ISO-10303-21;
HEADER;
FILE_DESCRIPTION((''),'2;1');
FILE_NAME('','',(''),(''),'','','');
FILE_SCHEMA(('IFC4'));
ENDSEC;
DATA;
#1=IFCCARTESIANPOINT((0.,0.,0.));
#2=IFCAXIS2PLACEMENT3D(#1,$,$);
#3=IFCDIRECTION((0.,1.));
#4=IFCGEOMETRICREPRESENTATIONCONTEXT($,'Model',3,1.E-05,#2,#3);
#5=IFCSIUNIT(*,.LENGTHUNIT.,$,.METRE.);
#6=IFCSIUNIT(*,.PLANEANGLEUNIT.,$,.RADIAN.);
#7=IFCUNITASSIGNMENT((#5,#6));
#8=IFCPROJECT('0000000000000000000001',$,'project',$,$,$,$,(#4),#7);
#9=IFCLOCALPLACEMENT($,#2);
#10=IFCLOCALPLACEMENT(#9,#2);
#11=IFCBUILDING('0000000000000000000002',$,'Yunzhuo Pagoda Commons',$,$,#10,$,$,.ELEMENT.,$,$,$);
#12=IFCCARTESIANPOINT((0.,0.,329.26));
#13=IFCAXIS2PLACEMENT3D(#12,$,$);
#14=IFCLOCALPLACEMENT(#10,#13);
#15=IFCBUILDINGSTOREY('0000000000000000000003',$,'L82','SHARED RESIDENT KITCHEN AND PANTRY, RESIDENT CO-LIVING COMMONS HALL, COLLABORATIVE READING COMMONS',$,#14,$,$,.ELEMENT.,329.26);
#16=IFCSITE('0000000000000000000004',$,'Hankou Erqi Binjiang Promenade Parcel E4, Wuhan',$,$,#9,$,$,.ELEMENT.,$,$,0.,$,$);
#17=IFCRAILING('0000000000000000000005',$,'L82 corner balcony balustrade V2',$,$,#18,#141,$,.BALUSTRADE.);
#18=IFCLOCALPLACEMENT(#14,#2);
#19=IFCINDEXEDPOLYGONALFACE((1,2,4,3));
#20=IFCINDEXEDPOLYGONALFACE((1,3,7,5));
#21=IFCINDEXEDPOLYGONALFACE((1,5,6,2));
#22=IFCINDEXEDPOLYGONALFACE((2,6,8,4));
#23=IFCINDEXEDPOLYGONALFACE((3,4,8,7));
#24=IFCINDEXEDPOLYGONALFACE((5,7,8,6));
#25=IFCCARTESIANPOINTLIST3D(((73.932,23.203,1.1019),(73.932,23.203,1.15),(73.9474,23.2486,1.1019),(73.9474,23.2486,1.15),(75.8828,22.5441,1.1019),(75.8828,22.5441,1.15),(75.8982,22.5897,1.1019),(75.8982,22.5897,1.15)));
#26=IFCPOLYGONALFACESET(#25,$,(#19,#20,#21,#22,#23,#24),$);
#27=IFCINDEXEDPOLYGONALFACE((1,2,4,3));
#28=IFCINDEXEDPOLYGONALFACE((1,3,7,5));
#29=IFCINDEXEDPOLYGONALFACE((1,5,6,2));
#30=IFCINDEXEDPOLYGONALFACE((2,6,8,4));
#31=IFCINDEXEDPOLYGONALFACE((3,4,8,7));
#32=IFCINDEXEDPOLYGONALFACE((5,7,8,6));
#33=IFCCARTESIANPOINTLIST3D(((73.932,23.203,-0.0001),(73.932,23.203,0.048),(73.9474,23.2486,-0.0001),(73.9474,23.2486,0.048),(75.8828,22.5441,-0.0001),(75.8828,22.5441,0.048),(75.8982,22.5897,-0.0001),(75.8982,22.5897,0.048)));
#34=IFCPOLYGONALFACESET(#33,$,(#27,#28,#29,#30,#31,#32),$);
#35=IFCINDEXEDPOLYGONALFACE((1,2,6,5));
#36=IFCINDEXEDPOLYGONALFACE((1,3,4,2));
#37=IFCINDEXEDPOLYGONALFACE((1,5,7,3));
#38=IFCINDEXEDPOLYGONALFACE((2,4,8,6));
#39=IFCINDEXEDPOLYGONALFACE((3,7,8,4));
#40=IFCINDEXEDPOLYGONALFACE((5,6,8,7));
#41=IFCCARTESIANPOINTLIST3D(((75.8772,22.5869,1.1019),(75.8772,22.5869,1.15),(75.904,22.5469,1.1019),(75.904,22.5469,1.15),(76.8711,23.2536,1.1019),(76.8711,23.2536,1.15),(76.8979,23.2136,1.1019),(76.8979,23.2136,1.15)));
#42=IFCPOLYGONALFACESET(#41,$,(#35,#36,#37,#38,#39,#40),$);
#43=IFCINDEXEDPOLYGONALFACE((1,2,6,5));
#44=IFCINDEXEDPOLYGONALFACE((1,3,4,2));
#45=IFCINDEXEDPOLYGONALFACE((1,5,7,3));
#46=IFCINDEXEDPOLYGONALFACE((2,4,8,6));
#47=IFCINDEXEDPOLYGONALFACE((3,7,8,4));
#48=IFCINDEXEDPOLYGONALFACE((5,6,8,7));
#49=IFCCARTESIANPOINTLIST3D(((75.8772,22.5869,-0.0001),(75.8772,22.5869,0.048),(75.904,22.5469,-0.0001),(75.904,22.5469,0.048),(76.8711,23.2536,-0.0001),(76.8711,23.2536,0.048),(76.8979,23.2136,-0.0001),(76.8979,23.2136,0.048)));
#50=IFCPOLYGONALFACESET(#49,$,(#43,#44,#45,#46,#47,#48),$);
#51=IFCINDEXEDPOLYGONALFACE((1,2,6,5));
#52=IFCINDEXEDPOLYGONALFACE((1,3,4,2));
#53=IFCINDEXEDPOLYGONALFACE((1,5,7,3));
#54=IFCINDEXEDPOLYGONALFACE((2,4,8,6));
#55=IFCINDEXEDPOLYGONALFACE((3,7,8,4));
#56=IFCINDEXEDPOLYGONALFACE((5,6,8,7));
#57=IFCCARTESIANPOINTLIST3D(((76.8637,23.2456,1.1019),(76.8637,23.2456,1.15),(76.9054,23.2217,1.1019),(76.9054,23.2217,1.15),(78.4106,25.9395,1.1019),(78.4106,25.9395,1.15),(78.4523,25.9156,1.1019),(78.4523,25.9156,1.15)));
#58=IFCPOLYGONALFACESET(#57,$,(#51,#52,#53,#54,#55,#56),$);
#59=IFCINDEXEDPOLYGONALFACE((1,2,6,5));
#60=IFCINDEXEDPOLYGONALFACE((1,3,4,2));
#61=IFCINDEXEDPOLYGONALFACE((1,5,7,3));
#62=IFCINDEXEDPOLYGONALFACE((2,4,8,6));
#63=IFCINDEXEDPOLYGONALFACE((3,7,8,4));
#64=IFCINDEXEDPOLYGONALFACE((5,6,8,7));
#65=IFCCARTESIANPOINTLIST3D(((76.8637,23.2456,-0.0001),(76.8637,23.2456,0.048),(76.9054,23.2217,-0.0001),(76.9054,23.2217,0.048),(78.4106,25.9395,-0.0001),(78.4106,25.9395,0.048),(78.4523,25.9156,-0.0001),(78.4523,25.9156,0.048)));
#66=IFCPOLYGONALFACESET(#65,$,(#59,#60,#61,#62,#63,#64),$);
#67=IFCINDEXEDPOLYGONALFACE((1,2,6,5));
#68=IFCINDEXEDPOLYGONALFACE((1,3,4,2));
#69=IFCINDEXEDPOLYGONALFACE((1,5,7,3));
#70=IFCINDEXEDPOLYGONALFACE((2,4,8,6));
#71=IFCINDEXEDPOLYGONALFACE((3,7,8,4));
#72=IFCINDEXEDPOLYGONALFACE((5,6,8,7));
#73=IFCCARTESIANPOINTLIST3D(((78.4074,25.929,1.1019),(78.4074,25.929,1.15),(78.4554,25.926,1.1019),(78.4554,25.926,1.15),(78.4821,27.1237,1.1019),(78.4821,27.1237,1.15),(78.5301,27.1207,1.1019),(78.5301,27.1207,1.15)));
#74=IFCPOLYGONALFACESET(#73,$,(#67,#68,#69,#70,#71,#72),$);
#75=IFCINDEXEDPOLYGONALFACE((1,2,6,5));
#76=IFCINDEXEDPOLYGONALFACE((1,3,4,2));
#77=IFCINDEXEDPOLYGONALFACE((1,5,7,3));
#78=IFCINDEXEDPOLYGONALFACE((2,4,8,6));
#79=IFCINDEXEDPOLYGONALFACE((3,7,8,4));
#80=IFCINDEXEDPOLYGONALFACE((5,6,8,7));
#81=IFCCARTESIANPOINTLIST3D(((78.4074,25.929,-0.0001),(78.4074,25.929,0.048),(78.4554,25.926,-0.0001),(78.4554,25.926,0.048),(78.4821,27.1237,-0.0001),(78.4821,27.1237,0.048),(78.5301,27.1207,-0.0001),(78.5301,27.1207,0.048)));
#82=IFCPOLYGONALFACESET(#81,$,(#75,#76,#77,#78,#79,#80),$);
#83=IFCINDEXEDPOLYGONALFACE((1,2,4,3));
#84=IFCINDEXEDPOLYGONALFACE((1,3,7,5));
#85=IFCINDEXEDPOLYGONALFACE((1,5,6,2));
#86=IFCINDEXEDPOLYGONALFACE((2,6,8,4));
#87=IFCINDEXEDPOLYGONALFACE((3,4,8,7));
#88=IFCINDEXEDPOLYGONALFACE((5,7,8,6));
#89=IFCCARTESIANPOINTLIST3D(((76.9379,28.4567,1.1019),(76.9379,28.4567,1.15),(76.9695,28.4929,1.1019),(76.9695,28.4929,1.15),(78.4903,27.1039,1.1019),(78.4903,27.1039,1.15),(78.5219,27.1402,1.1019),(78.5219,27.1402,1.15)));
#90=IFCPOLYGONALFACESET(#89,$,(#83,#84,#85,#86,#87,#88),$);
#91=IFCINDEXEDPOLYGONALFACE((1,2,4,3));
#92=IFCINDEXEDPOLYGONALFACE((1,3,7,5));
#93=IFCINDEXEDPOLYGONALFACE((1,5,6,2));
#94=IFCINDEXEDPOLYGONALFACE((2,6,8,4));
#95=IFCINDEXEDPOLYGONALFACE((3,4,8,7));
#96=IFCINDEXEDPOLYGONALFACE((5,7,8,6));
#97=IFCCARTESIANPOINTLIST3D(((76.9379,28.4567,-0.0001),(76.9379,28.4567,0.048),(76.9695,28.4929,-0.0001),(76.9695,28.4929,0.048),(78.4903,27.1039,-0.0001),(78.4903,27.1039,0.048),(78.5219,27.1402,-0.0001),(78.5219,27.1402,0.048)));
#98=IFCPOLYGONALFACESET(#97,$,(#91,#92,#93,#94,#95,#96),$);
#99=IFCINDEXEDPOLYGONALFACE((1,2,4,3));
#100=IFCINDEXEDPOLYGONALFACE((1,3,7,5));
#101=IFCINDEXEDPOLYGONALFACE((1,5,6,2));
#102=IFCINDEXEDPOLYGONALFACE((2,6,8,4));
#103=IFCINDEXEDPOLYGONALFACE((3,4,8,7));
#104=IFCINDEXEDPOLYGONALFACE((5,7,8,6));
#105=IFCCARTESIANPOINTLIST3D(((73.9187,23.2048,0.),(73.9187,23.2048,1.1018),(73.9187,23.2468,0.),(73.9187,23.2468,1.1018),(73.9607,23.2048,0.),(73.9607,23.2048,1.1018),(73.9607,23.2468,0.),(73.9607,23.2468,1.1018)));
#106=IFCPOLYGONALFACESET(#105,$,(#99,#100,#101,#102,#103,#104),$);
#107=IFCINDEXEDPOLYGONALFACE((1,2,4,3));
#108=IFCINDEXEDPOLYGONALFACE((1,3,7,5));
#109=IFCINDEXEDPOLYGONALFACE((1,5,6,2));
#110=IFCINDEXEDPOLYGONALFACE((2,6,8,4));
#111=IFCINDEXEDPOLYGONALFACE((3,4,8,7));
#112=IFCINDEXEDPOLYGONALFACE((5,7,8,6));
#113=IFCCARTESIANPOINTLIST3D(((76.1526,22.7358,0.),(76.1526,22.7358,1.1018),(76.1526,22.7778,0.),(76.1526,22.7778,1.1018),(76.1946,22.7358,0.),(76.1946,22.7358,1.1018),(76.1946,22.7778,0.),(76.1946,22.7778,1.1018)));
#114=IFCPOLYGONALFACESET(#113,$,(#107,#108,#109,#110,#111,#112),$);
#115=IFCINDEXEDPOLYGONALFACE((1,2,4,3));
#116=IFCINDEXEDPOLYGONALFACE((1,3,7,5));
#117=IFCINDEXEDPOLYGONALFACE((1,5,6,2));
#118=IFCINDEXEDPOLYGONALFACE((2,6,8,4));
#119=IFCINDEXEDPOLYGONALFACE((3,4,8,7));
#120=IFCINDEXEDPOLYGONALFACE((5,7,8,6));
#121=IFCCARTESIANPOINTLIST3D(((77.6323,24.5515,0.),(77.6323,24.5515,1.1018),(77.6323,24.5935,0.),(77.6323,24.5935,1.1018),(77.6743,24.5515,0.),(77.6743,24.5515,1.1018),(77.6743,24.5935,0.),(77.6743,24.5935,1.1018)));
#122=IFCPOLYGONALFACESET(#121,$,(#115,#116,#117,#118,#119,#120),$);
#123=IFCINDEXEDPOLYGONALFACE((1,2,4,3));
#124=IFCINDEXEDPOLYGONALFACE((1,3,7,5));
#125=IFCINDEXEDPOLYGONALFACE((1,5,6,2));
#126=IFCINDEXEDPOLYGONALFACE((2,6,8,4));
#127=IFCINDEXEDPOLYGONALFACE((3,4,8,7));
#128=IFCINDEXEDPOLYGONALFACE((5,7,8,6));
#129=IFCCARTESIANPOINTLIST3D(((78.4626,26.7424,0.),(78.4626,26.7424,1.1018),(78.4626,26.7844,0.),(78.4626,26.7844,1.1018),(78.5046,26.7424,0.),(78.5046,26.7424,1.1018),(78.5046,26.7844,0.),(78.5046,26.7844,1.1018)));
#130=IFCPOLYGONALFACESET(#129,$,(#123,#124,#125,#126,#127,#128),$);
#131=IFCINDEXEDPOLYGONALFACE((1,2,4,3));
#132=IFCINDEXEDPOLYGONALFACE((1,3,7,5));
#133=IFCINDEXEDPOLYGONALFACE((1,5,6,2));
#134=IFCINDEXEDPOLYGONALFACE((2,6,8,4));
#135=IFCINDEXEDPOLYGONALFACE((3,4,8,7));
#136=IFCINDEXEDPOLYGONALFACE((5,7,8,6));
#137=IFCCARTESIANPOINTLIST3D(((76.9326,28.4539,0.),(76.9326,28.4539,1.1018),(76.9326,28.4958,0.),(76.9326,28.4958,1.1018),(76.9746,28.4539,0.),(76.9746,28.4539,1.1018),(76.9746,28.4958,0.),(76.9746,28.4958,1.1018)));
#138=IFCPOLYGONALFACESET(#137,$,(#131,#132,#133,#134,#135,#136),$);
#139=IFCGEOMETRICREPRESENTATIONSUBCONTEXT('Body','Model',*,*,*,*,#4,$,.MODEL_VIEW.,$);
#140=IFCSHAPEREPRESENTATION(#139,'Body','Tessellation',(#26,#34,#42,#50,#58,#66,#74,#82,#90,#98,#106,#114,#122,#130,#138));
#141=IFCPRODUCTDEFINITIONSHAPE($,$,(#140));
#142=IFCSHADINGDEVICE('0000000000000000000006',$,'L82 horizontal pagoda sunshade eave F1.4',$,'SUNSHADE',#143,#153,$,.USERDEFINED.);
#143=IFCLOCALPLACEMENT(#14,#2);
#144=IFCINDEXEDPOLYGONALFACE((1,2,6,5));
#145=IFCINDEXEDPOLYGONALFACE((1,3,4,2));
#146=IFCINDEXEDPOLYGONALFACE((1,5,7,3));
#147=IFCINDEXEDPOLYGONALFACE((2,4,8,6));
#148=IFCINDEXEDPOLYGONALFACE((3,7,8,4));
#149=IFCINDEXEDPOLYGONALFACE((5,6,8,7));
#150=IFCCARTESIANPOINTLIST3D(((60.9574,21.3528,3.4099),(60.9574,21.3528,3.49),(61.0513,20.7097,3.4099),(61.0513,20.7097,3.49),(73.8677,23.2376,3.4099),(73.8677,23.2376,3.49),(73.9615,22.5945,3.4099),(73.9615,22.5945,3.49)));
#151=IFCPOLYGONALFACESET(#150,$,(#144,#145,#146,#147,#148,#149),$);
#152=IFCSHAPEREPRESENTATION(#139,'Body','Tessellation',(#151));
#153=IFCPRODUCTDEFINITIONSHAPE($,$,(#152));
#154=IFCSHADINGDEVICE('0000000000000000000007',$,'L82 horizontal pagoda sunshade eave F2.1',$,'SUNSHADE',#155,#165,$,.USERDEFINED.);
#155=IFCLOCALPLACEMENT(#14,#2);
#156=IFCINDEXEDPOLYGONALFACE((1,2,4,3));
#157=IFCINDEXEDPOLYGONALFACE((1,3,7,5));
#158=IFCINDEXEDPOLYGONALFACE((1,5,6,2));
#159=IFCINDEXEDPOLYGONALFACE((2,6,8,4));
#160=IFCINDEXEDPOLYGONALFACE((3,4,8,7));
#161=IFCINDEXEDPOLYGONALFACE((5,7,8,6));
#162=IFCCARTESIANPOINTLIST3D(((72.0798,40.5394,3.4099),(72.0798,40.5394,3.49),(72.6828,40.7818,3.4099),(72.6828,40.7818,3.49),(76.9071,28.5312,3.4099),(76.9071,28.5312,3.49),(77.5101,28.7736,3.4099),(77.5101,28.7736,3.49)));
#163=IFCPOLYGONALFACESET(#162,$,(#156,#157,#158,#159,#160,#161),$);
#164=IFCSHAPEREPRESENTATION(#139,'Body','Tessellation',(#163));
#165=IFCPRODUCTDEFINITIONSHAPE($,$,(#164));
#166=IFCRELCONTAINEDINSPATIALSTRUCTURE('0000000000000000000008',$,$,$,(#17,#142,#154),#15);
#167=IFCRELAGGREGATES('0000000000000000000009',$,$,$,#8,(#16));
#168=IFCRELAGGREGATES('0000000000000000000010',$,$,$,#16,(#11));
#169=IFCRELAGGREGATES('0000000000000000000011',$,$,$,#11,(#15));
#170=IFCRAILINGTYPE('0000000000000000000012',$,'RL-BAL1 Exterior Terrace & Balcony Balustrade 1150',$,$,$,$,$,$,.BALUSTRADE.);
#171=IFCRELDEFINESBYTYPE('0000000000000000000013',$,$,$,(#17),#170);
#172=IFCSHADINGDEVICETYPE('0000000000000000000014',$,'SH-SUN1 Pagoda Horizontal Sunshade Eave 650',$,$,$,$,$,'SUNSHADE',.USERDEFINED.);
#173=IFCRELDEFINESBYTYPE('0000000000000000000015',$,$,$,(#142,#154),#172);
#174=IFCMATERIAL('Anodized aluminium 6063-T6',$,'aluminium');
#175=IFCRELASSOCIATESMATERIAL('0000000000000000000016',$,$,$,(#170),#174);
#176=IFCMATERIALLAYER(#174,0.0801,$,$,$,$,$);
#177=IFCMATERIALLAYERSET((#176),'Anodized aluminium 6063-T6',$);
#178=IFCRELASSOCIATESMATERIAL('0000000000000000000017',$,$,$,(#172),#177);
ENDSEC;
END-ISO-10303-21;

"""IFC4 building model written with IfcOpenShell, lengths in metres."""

from ifc_helpers import new_model, si_unit, direction, frame, origin, origin_2d, place, context, subcontext, project, spatial, rectangle, extrude, source, transform, mapped, material, layer, layer_set, type_object, element, save


model = new_model("IFC4")

# Units and contexts
model_context = context("Model", 3, precision=1e-05, world=origin(), true_north=direction((0.0, 1.0)))
body_context = subcontext(model_context, "Body", "Model", "MODEL_VIEW")
ifc_project = project(units=[si_unit("LENGTHUNIT", "METRE"), si_unit("PLANEANGLEUNIT", "RADIAN")], contexts=[model_context])

# Site, building, storey
site_placement = place(None, origin())
site = spatial("IfcSite", under=ifc_project, at=site_placement, Name="Hankou Erqi Binjiang Promenade Parcel E4, Wuhan", CompositionType="ELEMENT", RefElevation=0.0)
building_placement = place(site_placement, origin())
building = spatial("IfcBuilding", under=site, at=building_placement, Name="Yunzhuo Pagoda Commons", CompositionType="ELEMENT")
storey_placement = place(building_placement, frame((0.0, 0.0, 329.26)))
storey = spatial("IfcBuildingStorey", under=building, at=storey_placement, Name="L82", Description="SHARED RESIDENT KITCHEN AND PANTRY, RESIDENT CO-LIVING COMMONS HALL, COLLABORATIVE READING COMMONS", CompositionType="ELEMENT", Elevation=329.26)

# Shared definitions
ifc_material_1 = material(Name="Anodized aluminium 6063-T6", Category="aluminium")

# Railing
railing_type = type_object("IfcRailingType", Name="RL-BAL1 Exterior Terrace & Balcony Balustrade 1150", PredefinedType="BALUSTRADE", material=ifc_material_1)
railing_placement = place(storey_placement, frame((73.9397, 23.2258, 0.0)))
element("IfcRailing", 1, at=railing_placement, inside=storey, type_object=railing_type, Name="L82 corner balcony balustrade V2", PredefinedType="BALUSTRADE", context=body_context, shape_type="SweptSolid", body=[
    extrude(rectangle(XDim=0.0481, YDim=0.0481, at=origin_2d()), frame((0.0, 0.0, 1.126), z_axis=(0.947419, -0.319996, 0.0), x_axis=(0.319996, 0.947419, 0.0)), (0.0, 0.0, 1.0), 2.0591),
    extrude(rectangle(XDim=0.0481, YDim=0.0481, at=origin_2d()), frame((0.0, 0.0, 0.0239), z_axis=(0.947419, -0.319996, 0.0), x_axis=(0.319996, 0.947419, 0.0)), (0.0, 0.0, 1.0), 2.0591),
    extrude(rectangle(XDim=0.0481, YDim=0.0481, at=origin_2d()), frame((1.9509, -0.6589, 1.126), z_axis=(0.830446, 0.557099, 0.0), x_axis=(-0.557099, 0.830446, 0.0)), (0.0, 0.0, 1.0), 1.1968),
    extrude(rectangle(XDim=0.0481, YDim=0.0481, at=origin_2d()), frame((1.9509, -0.6589, 0.0239), z_axis=(0.830446, 0.557099, 0.0), x_axis=(-0.557099, 0.830446, 0.0)), (0.0, 0.0, 1.0), 1.1968),
    extrude(rectangle(XDim=0.0481, YDim=0.0481, at=origin_2d()), frame((2.9448, 0.0078, 1.126), z_axis=(0.497966, 0.867197, 0.0), x_axis=(-0.867197, 0.497966, 0.0)), (0.0, 0.0, 1.0), 3.1064),
    extrude(rectangle(XDim=0.0481, YDim=0.0481, at=origin_2d()), frame((2.9448, 0.0078, 0.0239), z_axis=(0.497966, 0.867197, 0.0), x_axis=(-0.867197, 0.497966, 0.0)), (0.0, 0.0, 1.0), 3.1064),
    extrude(rectangle(XDim=0.0481, YDim=0.0481, at=origin_2d()), frame((4.4917, 2.7017, 1.126), z_axis=(0.062416, 0.99805, 0.0), x_axis=(-0.99805, 0.062416, 0.0)), (0.0, 0.0, 1.0), 1.197),
    extrude(rectangle(XDim=0.0481, YDim=0.0481, at=origin_2d()), frame((4.4917, 2.7017, 0.0239), z_axis=(0.062416, 0.99805, 0.0), x_axis=(-0.99805, 0.062416, 0.0)), (0.0, 0.0, 1.0), 1.197),
    extrude(rectangle(XDim=0.0481, YDim=0.0481, at=origin_2d()), frame((4.5664, 3.8962, 1.126), z_axis=(-0.753934, 0.65695, 0.0), x_axis=(-0.65695, -0.753934, 0.0)), (0.0, 0.0, 1.0), 2.0591),
    extrude(rectangle(XDim=0.0481, YDim=0.0481, at=origin_2d()), frame((4.5664, 3.8962, 0.0239), z_axis=(-0.753934, 0.65695, 0.0), x_axis=(-0.65695, -0.753934, 0.0)), (0.0, 0.0, 1.0), 2.0591),
    extrude(rectangle(XDim=0.042, YDim=0.042, at=origin_2d()), origin(), (0.0, 0.0, 1.0), 1.1018),
    extrude(rectangle(XDim=0.042, YDim=0.042, at=origin_2d()), frame((2.2339, -0.469, 0.0)), (0.0, 0.0, 1.0), 1.1018),
    extrude(rectangle(XDim=0.042, YDim=0.042, at=origin_2d()), frame((3.7136, 1.3467, 0.0)), (0.0, 0.0, 1.0), 1.1018),
    extrude(rectangle(XDim=0.042, YDim=0.042, at=origin_2d()), frame((4.5439, 3.5376, 0.0)), (0.0, 0.0, 1.0), 1.1018),
    extrude(rectangle(XDim=0.042, YDim=0.042, at=origin_2d()), frame((3.0139, 5.249, 0.0)), (0.0, 0.0, 1.0), 1.1018),
])

# Shading devices
ifc_layer_1 = layer(ifc_material_1, 0.0801)
ifc_layer_set_1 = layer_set([ifc_layer_1], Name="Anodized aluminium 6063-T6")
shading_device_type = type_object("IfcShadingDeviceType", Name="SH-SUN1 Pagoda Horizontal Sunshade Eave 650", ElementType="SUNSHADE", PredefinedType="USERDEFINED", material=ifc_layer_set_1)
shared_shape_1 = source(origin(), body_context, "Body", "SweptSolid", [
    extrude(rectangle(XDim=13.0471, YDim=0.6499, at=origin_2d()), origin(), (0.0, 0.0, 1.0), 0.0801),
])
shading_device_1_placement = place(storey_placement, frame((67.4595, 21.9736, 3.4099), z_axis=(0.0, 0.0, 1.0), x_axis=(0.989511, 0.14446, 0.0)))
element("IfcShadingDevice", 2, at=shading_device_1_placement, inside=storey, type_object=shading_device_type, Name="L82 horizontal pagoda sunshade eave F1.4", ObjectType="SUNSHADE", PredefinedType="USERDEFINED", context=body_context, shape_type="MappedRepresentation", body=[
    mapped(shared_shape_1, transform((0.0, 0.0, 0.0), scale=1.0)),
])
shared_shape_2 = source(origin(), body_context, "Body", "SweptSolid", [
    extrude(rectangle(XDim=12.9421, YDim=0.6499, at=origin_2d()), origin(), (0.0, 0.0, 1.0), 0.0801),
])
shading_device_2_placement = place(storey_placement, frame((74.7949, 34.6565, 3.4099), z_axis=(0.0, 0.0, 1.0), x_axis=(-0.372988, 0.927836, 0.0)))
element("IfcShadingDevice", 3, at=shading_device_2_placement, inside=storey, type_object=shading_device_type, Name="L82 horizontal pagoda sunshade eave F2.1", ObjectType="SUNSHADE", PredefinedType="USERDEFINED", context=body_context, shape_type="MappedRepresentation", body=[
    mapped(shared_shape_2, transform((0.0, 0.0, 0.0), scale=1.0)),
])

save(model, "model.ifc")
